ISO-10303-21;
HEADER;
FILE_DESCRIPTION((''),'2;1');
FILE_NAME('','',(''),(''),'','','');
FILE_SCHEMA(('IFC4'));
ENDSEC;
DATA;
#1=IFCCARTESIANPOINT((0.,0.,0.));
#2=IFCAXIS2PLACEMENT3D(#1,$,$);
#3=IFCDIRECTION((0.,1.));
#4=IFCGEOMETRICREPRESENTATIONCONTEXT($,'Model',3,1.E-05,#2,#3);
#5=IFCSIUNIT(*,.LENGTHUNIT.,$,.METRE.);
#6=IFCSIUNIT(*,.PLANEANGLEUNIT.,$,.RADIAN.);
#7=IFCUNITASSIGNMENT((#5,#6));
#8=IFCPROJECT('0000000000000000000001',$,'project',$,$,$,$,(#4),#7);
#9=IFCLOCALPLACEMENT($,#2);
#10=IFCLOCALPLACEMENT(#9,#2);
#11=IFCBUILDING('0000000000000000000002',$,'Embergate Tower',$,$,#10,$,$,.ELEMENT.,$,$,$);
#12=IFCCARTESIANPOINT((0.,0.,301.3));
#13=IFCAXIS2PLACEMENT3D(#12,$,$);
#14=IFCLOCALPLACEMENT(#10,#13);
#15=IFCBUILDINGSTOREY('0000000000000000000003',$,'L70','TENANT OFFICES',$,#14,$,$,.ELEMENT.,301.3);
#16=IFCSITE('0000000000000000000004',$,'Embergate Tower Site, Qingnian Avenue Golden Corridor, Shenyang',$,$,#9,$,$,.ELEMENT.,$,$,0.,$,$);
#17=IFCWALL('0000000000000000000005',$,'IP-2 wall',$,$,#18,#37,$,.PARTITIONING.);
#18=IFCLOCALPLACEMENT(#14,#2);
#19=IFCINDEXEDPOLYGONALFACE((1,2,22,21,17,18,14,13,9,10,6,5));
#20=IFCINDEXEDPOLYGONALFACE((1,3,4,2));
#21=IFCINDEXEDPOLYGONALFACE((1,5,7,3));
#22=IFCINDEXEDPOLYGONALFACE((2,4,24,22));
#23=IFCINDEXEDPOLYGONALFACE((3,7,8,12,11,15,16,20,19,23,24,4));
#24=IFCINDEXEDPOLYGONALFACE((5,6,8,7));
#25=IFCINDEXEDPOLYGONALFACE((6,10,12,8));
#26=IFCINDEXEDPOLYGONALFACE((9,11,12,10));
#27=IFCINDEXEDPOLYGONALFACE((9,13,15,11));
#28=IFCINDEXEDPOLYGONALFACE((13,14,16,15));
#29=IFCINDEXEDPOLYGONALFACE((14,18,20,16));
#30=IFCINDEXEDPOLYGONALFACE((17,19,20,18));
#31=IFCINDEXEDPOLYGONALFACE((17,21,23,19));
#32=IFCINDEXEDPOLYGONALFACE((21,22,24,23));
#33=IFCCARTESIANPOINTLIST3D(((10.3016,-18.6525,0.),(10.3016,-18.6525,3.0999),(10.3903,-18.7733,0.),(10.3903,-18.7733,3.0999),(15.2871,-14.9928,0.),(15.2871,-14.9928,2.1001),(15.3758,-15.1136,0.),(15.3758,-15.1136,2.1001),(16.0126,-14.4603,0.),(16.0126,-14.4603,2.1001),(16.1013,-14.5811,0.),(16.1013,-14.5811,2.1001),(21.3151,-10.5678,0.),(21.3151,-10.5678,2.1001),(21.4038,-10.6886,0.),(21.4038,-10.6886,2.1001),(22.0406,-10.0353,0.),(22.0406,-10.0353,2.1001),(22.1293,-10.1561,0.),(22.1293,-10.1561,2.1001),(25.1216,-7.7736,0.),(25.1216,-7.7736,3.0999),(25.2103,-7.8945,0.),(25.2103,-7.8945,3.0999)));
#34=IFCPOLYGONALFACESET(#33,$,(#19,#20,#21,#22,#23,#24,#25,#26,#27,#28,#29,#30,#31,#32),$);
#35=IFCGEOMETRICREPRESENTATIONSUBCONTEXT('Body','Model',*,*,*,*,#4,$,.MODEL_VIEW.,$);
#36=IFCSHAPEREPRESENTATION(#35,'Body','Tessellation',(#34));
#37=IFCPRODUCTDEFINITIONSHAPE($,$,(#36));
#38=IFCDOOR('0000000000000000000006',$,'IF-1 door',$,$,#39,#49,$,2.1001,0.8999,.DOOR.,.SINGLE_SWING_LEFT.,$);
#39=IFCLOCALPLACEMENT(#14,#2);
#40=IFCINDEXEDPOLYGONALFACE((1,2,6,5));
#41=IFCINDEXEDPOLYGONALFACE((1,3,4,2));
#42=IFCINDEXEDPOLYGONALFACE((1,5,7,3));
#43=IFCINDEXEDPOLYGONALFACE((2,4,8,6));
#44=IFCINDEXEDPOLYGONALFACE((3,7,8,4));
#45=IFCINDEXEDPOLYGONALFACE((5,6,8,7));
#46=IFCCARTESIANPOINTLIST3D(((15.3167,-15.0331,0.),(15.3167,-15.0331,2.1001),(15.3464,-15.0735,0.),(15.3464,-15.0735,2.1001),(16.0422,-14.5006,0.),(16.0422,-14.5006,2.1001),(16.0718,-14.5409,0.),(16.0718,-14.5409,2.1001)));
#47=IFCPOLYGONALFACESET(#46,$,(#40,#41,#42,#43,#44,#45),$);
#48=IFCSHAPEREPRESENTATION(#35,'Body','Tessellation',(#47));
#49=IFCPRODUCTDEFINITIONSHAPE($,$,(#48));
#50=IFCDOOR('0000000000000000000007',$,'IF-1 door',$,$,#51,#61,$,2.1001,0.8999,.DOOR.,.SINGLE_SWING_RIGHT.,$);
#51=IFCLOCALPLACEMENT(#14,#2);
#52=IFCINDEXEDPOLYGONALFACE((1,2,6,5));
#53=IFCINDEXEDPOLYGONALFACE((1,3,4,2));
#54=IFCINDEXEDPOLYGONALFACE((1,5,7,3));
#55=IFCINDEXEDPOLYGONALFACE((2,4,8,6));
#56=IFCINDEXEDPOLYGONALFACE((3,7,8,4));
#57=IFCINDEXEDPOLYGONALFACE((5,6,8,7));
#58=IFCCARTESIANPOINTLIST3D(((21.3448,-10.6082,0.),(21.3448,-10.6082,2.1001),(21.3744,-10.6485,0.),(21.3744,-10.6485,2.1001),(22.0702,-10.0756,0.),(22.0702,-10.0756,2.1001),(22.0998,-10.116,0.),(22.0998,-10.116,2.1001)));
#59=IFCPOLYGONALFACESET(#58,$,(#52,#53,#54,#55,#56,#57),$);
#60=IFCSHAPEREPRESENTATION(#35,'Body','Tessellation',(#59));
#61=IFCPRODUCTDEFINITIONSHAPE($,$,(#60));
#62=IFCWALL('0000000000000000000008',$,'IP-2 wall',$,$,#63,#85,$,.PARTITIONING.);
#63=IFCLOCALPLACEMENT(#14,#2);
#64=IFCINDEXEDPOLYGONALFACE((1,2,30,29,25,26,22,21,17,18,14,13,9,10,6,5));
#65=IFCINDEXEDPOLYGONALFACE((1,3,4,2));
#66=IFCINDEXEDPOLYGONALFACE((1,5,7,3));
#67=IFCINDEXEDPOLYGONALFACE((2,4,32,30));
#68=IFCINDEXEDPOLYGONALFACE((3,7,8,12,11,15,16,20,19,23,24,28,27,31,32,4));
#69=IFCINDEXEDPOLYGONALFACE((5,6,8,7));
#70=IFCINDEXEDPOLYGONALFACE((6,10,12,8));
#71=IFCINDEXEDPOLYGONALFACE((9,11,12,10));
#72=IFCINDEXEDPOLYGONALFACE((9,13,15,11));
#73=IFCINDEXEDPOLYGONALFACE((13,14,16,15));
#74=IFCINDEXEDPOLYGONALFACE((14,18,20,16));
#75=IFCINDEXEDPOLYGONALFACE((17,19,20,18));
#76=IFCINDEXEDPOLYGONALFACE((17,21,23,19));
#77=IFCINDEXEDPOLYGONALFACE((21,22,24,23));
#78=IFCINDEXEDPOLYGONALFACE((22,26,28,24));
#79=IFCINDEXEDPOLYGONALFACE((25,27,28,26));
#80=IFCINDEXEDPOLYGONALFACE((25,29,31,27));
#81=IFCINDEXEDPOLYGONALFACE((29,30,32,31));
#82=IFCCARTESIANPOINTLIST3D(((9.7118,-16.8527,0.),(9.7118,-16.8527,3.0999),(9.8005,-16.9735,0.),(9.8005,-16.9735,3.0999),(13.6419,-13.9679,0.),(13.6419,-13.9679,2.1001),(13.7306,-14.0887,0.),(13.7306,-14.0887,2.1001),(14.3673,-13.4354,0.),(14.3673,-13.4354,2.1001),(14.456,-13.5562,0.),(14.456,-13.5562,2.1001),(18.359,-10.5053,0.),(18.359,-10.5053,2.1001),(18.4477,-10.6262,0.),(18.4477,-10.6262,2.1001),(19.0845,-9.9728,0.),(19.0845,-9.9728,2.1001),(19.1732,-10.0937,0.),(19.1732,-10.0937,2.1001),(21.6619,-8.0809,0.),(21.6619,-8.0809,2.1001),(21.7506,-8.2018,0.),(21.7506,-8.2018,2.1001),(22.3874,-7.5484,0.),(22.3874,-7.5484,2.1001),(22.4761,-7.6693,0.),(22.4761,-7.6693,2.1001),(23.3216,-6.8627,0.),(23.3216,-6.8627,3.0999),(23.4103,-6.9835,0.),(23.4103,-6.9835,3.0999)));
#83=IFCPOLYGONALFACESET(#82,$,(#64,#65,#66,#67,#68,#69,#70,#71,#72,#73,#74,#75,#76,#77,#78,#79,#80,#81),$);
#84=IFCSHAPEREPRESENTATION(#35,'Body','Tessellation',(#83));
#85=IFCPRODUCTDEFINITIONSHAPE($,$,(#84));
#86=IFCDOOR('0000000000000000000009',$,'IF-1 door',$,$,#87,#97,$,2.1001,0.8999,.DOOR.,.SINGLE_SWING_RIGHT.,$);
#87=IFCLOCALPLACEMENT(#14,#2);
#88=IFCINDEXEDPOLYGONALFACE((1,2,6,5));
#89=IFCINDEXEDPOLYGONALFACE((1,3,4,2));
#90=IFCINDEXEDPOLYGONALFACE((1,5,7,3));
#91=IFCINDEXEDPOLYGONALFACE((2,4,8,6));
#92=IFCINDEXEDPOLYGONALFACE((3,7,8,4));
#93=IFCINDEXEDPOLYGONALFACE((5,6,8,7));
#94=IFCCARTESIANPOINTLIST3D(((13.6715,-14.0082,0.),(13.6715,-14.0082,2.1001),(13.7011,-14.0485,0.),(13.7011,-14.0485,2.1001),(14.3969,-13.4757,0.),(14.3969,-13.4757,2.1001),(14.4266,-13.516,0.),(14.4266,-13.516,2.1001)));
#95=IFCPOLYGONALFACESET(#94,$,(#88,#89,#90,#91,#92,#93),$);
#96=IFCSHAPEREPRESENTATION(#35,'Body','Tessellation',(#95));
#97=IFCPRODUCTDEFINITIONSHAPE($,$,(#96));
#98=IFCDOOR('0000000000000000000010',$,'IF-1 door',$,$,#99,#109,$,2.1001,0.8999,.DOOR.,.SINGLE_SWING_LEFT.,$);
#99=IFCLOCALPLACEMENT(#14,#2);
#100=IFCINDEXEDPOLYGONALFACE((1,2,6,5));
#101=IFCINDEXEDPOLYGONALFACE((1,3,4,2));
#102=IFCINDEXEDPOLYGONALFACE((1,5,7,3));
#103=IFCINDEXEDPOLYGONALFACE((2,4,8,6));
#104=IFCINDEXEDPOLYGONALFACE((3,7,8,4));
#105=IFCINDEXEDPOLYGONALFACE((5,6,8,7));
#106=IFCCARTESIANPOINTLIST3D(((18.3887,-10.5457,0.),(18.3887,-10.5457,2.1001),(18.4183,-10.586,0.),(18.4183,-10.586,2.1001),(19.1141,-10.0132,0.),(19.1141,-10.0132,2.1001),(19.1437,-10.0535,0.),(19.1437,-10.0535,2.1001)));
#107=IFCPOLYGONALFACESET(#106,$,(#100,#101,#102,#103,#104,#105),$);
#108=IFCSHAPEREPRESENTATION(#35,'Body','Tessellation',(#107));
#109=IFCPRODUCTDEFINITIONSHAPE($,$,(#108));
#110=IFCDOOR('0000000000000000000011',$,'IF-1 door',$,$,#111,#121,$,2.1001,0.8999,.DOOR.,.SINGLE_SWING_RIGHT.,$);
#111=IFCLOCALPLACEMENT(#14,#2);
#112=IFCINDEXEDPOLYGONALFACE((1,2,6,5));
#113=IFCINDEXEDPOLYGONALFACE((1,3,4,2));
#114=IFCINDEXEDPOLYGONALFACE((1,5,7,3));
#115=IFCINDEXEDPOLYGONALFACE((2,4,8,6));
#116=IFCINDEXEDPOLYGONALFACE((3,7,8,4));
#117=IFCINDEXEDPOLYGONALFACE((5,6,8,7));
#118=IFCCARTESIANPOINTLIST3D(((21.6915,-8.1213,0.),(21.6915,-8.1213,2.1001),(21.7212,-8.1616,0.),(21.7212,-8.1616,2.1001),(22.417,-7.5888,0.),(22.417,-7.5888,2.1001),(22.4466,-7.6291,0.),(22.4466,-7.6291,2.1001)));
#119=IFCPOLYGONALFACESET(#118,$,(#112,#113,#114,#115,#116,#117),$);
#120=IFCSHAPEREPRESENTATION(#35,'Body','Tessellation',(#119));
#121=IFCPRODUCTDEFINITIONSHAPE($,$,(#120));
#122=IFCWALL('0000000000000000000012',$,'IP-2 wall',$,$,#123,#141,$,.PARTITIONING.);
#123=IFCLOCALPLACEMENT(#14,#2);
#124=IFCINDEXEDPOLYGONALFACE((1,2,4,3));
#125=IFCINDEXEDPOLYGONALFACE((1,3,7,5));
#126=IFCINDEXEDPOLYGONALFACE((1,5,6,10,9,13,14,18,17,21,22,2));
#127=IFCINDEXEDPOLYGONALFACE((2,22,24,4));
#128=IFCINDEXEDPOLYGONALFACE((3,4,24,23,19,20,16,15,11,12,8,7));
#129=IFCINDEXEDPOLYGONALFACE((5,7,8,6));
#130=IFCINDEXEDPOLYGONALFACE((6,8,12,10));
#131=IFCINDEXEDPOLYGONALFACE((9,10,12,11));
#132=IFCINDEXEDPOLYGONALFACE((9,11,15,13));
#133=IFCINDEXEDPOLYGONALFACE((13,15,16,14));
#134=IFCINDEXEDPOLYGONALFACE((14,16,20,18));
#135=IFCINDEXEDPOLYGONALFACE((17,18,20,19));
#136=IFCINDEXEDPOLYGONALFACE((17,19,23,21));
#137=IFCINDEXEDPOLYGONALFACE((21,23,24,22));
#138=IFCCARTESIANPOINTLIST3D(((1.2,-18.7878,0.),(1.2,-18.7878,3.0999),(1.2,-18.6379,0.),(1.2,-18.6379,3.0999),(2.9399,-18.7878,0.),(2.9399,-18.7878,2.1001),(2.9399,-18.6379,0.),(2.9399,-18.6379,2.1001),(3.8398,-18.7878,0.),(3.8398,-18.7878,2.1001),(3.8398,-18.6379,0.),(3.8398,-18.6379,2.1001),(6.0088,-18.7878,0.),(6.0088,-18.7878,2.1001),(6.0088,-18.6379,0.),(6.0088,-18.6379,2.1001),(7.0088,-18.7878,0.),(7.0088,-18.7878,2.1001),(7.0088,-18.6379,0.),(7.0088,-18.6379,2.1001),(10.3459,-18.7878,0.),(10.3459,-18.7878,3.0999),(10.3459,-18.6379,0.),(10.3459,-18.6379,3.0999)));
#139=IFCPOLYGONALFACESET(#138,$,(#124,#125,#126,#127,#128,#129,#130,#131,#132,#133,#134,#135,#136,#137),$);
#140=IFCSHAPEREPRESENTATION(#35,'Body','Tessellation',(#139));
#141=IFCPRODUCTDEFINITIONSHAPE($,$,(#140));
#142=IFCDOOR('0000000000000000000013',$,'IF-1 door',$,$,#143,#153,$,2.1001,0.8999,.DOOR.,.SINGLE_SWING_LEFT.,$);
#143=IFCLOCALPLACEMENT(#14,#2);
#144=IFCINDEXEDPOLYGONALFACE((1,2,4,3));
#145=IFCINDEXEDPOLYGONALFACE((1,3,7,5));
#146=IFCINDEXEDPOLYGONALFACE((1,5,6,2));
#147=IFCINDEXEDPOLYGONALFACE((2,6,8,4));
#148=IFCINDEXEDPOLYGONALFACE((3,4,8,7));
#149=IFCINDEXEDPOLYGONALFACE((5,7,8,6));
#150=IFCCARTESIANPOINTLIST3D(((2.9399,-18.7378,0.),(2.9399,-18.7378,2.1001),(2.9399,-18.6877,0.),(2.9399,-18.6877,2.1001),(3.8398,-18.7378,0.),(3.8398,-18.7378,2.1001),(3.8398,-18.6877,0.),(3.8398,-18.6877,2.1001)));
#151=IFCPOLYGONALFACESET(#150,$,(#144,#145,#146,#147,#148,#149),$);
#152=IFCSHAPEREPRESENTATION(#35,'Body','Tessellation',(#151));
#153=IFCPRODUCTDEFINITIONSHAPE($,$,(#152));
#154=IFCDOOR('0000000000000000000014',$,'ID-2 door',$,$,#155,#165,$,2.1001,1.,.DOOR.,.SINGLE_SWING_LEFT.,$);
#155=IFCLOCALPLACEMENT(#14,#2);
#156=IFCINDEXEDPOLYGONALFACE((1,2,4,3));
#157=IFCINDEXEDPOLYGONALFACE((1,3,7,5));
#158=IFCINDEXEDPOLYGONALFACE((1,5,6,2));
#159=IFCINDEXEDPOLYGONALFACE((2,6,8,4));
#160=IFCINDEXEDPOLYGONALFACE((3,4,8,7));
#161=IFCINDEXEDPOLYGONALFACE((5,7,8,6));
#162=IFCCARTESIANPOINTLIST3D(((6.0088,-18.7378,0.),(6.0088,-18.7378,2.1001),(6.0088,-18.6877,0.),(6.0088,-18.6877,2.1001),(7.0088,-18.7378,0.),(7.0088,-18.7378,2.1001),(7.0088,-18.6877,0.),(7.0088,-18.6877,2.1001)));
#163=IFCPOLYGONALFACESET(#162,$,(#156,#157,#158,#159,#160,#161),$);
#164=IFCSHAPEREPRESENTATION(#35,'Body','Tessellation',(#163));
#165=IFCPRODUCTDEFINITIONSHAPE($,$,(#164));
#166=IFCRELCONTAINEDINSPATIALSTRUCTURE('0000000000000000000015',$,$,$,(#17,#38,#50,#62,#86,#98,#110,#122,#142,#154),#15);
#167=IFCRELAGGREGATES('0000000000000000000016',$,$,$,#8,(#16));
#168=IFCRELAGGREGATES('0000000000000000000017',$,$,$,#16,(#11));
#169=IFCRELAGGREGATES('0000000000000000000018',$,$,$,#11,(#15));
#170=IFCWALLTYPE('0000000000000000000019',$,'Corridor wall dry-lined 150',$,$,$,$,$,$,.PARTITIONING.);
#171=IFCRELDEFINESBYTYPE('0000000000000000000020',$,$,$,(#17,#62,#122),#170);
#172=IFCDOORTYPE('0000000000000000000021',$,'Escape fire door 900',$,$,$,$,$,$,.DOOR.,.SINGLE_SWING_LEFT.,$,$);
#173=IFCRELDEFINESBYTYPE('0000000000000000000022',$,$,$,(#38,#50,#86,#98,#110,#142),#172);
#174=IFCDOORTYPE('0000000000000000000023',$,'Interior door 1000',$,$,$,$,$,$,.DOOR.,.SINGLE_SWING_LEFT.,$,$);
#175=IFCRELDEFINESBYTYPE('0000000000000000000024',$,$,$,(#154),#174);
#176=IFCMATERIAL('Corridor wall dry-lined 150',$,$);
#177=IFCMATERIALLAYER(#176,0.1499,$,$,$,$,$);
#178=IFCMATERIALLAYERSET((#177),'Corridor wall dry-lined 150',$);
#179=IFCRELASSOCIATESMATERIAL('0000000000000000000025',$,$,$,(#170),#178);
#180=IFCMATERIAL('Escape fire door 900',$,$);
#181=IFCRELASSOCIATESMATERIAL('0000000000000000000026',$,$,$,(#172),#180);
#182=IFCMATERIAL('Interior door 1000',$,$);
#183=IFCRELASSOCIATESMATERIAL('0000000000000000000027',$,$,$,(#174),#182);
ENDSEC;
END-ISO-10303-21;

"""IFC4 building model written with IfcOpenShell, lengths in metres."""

from ifc_helpers import new_model, si_unit, direction, frame, frame_2d, origin, place, context, subcontext, project, spatial, rectangle, extrude, source, transform, mapped, material, layer, layer_set, type_object, element, fill, save


model = new_model("IFC4")

# Units and contexts
model_context = context("Model", 3, precision=1e-05, world=origin(), true_north=direction((0.0, 1.0)))
body_context = subcontext(model_context, "Body", "Model", "MODEL_VIEW")
ifc_project = project(units=[si_unit("LENGTHUNIT", "METRE"), si_unit("PLANEANGLEUNIT", "RADIAN")], contexts=[model_context])

# Site, building, storey
site_placement = place(None, origin())
site = spatial("IfcSite", under=ifc_project, at=site_placement, Name="Embergate Tower Site, Qingnian Avenue Golden Corridor, Shenyang", CompositionType="ELEMENT", RefElevation=0.0)
building_placement = place(site_placement, origin())
building = spatial("IfcBuilding", under=site, at=building_placement, Name="Embergate Tower", CompositionType="ELEMENT")
storey_placement = place(building_placement, frame((0.0, 0.0, 301.3)))
storey = spatial("IfcBuildingStorey", under=building, at=storey_placement, Name="L70", Description="TENANT OFFICES", CompositionType="ELEMENT", Elevation=301.3)

# Shared definitions
ifc_material_1 = material(Name="Corridor wall dry-lined 150")
ifc_layer_1 = layer(ifc_material_1, 0.1499)
ifc_layer_set_1 = layer_set([ifc_layer_1], Name="Corridor wall dry-lined 150")
wall_type_1 = type_object("IfcWallType", Name="Corridor wall dry-lined 150", PredefinedType="PARTITIONING", material=ifc_layer_set_1)

# Walls, openings, doors
shared_shape_1 = source(origin(), body_context, "Body", "SweptSolid", [
    extrude(rectangle(XDim=18.3843, YDim=0.1499, at=frame_2d((9.1921, 0.0))), origin(), (0.0, 0.0, 1.0), 3.0999),
])
wall_1_placement = place(storey_placement, frame((10.3459, -18.7129, 0.0), z_axis=(0.0, 0.0, 1.0), x_axis=(0.806123, 0.591748, 0.0)))
wall_1 = element("IfcWall", 1, at=wall_1_placement, inside=storey, type_object=wall_type_1, Name="IP-2 wall", PredefinedType="PARTITIONING", context=body_context, shape_type="MappedRepresentation", body=[
    mapped(shared_shape_1, transform((0.0, 0.0, 0.0))),
])
shared_shape_2 = source(origin(), body_context, "Body", "SweptSolid", [
    extrude(rectangle(XDim=0.8999, YDim=2.1001, at=frame_2d((0.45, 1.05))), frame((0.0, 0.085, 0.0), z_axis=(0.0, -1.0, 0.0), x_axis=(1.0, 0.0, 0.0)), (0.0, 0.0, 1.0), 0.1699),
])
opening_1_placement = place(wall_1_placement, frame((6.1846, 0.0, 0.0)))
opening_1 = element("IfcOpeningElement", 2, at=opening_1_placement, cuts=wall_1, PredefinedType="OPENING", context=body_context, shape_type="MappedRepresentation", body=[
    mapped(shared_shape_2, transform((0.0, 0.0, 0.0))),
])
opening_2_placement = place(wall_1_placement, frame((13.6624, 0.0, 0.0)))
opening_2 = element("IfcOpeningElement", 3, at=opening_2_placement, cuts=wall_1, PredefinedType="OPENING", context=body_context, shape_type="MappedRepresentation", body=[
    mapped(shared_shape_2, transform((0.0, 0.0, 0.0))),
])
ifc_material_2 = material(Name="Escape fire door 900")
door_type_1 = type_object("IfcDoorType", Name="Escape fire door 900", OperationType="SINGLE_SWING_LEFT", PredefinedType="DOOR", material=ifc_material_2)
shared_shape_3 = source(origin(), body_context, "Body", "SweptSolid", [
    extrude(rectangle(XDim=0.8999, YDim=2.1001, at=frame_2d((0.45, 1.05))), frame((0.0, 0.0249, 0.0), z_axis=(0.0, -1.0, 0.0), x_axis=(1.0, 0.0, 0.0)), (0.0, 0.0, 1.0), 0.05),
])
door_1_placement = place(opening_1_placement, origin())
door_1 = element("IfcDoor", 4, at=door_1_placement, inside=storey, type_object=door_type_1, Name="IF-1 door", OperationType="SINGLE_SWING_LEFT", OverallHeight=2.1001, OverallWidth=0.8999, PredefinedType="DOOR", context=body_context, shape_type="MappedRepresentation", body=[
    mapped(shared_shape_3, transform((0.0, 0.0, 0.0))),
])
fill(opening_1, door_1)
door_2_placement = place(opening_2_placement, origin())
door_2 = element("IfcDoor", 5, at=door_2_placement, inside=storey, type_object=door_type_1, Name="IF-1 door", OperationType="SINGLE_SWING_RIGHT", OverallHeight=2.1001, OverallWidth=0.8999, PredefinedType="DOOR", context=body_context, shape_type="MappedRepresentation", body=[
    mapped(shared_shape_3, transform((0.0, 0.0, 0.0))),
])
fill(opening_2, door_2)
shared_shape_4 = source(origin(), body_context, "Body", "SweptSolid", [
    extrude(rectangle(XDim=16.8828, YDim=0.1499, at=frame_2d((8.4414, 0.0))), origin(), (0.0, 0.0, 1.0), 3.0999),
])
wall_2_placement = place(storey_placement, frame((9.7561, -16.9131, 0.0), z_axis=(0.0, 0.0, 1.0), x_axis=(0.806139, 0.591727, 0.0)))
wall_2 = element("IfcWall", 6, at=wall_2_placement, inside=storey, type_object=wall_type_1, Name="IP-2 wall", PredefinedType="PARTITIONING", context=body_context, shape_type="MappedRepresentation", body=[
    mapped(shared_shape_4, transform((0.0, 0.0, 0.0))),
])
opening_3_placement = place(wall_2_placement, frame((4.8752, 0.0, 0.0)))
opening_3 = element("IfcOpeningElement", 7, at=opening_3_placement, cuts=wall_2, PredefinedType="OPENING", context=body_context, shape_type="MappedRepresentation", body=[
    mapped(shared_shape_2, transform((0.0, 0.0, 0.0))),
])
opening_4_placement = place(wall_2_placement, frame((10.7268, 0.0, 0.0)))
opening_4 = element("IfcOpeningElement", 8, at=opening_4_placement, cuts=wall_2, PredefinedType="OPENING", context=body_context, shape_type="MappedRepresentation", body=[
    mapped(shared_shape_2, transform((0.0, 0.0, 0.0))),
])
opening_5_placement = place(wall_2_placement, frame((14.824, 0.0, 0.0)))
opening_5 = element("IfcOpeningElement", 9, at=opening_5_placement, cuts=wall_2, PredefinedType="OPENING", context=body_context, shape_type="MappedRepresentation", body=[
    mapped(shared_shape_2, transform((0.0, 0.0, 0.0))),
])
door_3_placement = place(opening_3_placement, origin())
door_3 = element("IfcDoor", 10, at=door_3_placement, inside=storey, type_object=door_type_1, Name="IF-1 door", OperationType="SINGLE_SWING_RIGHT", OverallHeight=2.1001, OverallWidth=0.8999, PredefinedType="DOOR", context=body_context, shape_type="MappedRepresentation", body=[
    mapped(shared_shape_3, transform((0.0, 0.0, 0.0))),
])
fill(opening_3, door_3)
door_4_placement = place(opening_4_placement, origin())
door_4 = element("IfcDoor", 11, at=door_4_placement, inside=storey, type_object=door_type_1, Name="IF-1 door", OperationType="SINGLE_SWING_LEFT", OverallHeight=2.1001, OverallWidth=0.8999, PredefinedType="DOOR", context=body_context, shape_type="MappedRepresentation", body=[
    mapped(shared_shape_3, transform((0.0, 0.0, 0.0))),
])
fill(opening_4, door_4)
door_5_placement = place(opening_5_placement, origin())
door_5 = element("IfcDoor", 12, at=door_5_placement, inside=storey, type_object=door_type_1, Name="IF-1 door", OperationType="SINGLE_SWING_RIGHT", OverallHeight=2.1001, OverallWidth=0.8999, PredefinedType="DOOR", context=body_context, shape_type="MappedRepresentation", body=[
    mapped(shared_shape_3, transform((0.0, 0.0, 0.0))),
])
fill(opening_5, door_5)
shared_shape_5 = source(origin(), body_context, "Body", "SweptSolid", [
    extrude(rectangle(XDim=9.146, YDim=0.1499, at=frame_2d((4.573, 0.0))), origin(), (0.0, 0.0, 1.0), 3.0999),
])
wall_3_placement = place(storey_placement, frame((10.3459, -18.7129, 0.0), z_axis=(0.0, 0.0, 1.0), x_axis=(-1.0, 0.0, 0.0)))
wall_3 = element("IfcWall", 13, at=wall_3_placement, inside=storey, type_object=wall_type_1, Name="IP-2 wall", PredefinedType="PARTITIONING", context=body_context, shape_type="MappedRepresentation", body=[
    mapped(shared_shape_5, transform((0.0, 0.0, 0.0))),
])
opening_6_placement = place(wall_3_placement, frame((6.5061, 0.0, 0.0)))
opening_6 = element("IfcOpeningElement", 14, at=opening_6_placement, cuts=wall_3, PredefinedType="OPENING", context=body_context, shape_type="MappedRepresentation", body=[
    mapped(shared_shape_2, transform((0.0, 0.0, 0.0))),
])
shared_shape_6 = source(origin(), body_context, "Body", "SweptSolid", [
    extrude(rectangle(XDim=1.0, YDim=2.1001, at=frame_2d((0.5, 1.05))), frame((0.0, 0.085, 0.0), z_axis=(0.0, -1.0, 0.0), x_axis=(1.0, 0.0, 0.0)), (0.0, 0.0, 1.0), 0.1699),
])
opening_7_placement = place(wall_3_placement, frame((3.3372, 0.0, 0.0)))
opening_7 = element("IfcOpeningElement", 15, at=opening_7_placement, cuts=wall_3, PredefinedType="OPENING", context=body_context, shape_type="MappedRepresentation", body=[
    mapped(shared_shape_6, transform((0.0, 0.0, 0.0))),
])
door_6_placement = place(opening_6_placement, origin())
door_6 = element("IfcDoor", 16, at=door_6_placement, inside=storey, type_object=door_type_1, Name="IF-1 door", OperationType="SINGLE_SWING_LEFT", OverallHeight=2.1001, OverallWidth=0.8999, PredefinedType="DOOR", context=body_context, shape_type="MappedRepresentation", body=[
    mapped(shared_shape_3, transform((0.0, 0.0, 0.0))),
])
fill(opening_6, door_6)
ifc_material_3 = material(Name="Interior door 1000")
door_type_2 = type_object("IfcDoorType", Name="Interior door 1000", OperationType="SINGLE_SWING_LEFT", PredefinedType="DOOR", material=ifc_material_3)
shared_shape_7 = source(origin(), body_context, "Body", "SweptSolid", [
    extrude(rectangle(XDim=1.0, YDim=2.1001, at=frame_2d((0.5, 1.05))), frame((0.0, 0.0249, 0.0), z_axis=(0.0, -1.0, 0.0), x_axis=(1.0, 0.0, 0.0)), (0.0, 0.0, 1.0), 0.05),
])
door_7_placement = place(opening_7_placement, origin())
door_7 = element("IfcDoor", 17, at=door_7_placement, inside=storey, type_object=door_type_2, Name="ID-2 door", OperationType="SINGLE_SWING_LEFT", OverallHeight=2.1001, OverallWidth=1.0, PredefinedType="DOOR", context=body_context, shape_type="MappedRepresentation", body=[
    mapped(shared_shape_7, transform((0.0, 0.0, 0.0))),
])
fill(opening_7, door_7)

save(model, "model.ifc")
